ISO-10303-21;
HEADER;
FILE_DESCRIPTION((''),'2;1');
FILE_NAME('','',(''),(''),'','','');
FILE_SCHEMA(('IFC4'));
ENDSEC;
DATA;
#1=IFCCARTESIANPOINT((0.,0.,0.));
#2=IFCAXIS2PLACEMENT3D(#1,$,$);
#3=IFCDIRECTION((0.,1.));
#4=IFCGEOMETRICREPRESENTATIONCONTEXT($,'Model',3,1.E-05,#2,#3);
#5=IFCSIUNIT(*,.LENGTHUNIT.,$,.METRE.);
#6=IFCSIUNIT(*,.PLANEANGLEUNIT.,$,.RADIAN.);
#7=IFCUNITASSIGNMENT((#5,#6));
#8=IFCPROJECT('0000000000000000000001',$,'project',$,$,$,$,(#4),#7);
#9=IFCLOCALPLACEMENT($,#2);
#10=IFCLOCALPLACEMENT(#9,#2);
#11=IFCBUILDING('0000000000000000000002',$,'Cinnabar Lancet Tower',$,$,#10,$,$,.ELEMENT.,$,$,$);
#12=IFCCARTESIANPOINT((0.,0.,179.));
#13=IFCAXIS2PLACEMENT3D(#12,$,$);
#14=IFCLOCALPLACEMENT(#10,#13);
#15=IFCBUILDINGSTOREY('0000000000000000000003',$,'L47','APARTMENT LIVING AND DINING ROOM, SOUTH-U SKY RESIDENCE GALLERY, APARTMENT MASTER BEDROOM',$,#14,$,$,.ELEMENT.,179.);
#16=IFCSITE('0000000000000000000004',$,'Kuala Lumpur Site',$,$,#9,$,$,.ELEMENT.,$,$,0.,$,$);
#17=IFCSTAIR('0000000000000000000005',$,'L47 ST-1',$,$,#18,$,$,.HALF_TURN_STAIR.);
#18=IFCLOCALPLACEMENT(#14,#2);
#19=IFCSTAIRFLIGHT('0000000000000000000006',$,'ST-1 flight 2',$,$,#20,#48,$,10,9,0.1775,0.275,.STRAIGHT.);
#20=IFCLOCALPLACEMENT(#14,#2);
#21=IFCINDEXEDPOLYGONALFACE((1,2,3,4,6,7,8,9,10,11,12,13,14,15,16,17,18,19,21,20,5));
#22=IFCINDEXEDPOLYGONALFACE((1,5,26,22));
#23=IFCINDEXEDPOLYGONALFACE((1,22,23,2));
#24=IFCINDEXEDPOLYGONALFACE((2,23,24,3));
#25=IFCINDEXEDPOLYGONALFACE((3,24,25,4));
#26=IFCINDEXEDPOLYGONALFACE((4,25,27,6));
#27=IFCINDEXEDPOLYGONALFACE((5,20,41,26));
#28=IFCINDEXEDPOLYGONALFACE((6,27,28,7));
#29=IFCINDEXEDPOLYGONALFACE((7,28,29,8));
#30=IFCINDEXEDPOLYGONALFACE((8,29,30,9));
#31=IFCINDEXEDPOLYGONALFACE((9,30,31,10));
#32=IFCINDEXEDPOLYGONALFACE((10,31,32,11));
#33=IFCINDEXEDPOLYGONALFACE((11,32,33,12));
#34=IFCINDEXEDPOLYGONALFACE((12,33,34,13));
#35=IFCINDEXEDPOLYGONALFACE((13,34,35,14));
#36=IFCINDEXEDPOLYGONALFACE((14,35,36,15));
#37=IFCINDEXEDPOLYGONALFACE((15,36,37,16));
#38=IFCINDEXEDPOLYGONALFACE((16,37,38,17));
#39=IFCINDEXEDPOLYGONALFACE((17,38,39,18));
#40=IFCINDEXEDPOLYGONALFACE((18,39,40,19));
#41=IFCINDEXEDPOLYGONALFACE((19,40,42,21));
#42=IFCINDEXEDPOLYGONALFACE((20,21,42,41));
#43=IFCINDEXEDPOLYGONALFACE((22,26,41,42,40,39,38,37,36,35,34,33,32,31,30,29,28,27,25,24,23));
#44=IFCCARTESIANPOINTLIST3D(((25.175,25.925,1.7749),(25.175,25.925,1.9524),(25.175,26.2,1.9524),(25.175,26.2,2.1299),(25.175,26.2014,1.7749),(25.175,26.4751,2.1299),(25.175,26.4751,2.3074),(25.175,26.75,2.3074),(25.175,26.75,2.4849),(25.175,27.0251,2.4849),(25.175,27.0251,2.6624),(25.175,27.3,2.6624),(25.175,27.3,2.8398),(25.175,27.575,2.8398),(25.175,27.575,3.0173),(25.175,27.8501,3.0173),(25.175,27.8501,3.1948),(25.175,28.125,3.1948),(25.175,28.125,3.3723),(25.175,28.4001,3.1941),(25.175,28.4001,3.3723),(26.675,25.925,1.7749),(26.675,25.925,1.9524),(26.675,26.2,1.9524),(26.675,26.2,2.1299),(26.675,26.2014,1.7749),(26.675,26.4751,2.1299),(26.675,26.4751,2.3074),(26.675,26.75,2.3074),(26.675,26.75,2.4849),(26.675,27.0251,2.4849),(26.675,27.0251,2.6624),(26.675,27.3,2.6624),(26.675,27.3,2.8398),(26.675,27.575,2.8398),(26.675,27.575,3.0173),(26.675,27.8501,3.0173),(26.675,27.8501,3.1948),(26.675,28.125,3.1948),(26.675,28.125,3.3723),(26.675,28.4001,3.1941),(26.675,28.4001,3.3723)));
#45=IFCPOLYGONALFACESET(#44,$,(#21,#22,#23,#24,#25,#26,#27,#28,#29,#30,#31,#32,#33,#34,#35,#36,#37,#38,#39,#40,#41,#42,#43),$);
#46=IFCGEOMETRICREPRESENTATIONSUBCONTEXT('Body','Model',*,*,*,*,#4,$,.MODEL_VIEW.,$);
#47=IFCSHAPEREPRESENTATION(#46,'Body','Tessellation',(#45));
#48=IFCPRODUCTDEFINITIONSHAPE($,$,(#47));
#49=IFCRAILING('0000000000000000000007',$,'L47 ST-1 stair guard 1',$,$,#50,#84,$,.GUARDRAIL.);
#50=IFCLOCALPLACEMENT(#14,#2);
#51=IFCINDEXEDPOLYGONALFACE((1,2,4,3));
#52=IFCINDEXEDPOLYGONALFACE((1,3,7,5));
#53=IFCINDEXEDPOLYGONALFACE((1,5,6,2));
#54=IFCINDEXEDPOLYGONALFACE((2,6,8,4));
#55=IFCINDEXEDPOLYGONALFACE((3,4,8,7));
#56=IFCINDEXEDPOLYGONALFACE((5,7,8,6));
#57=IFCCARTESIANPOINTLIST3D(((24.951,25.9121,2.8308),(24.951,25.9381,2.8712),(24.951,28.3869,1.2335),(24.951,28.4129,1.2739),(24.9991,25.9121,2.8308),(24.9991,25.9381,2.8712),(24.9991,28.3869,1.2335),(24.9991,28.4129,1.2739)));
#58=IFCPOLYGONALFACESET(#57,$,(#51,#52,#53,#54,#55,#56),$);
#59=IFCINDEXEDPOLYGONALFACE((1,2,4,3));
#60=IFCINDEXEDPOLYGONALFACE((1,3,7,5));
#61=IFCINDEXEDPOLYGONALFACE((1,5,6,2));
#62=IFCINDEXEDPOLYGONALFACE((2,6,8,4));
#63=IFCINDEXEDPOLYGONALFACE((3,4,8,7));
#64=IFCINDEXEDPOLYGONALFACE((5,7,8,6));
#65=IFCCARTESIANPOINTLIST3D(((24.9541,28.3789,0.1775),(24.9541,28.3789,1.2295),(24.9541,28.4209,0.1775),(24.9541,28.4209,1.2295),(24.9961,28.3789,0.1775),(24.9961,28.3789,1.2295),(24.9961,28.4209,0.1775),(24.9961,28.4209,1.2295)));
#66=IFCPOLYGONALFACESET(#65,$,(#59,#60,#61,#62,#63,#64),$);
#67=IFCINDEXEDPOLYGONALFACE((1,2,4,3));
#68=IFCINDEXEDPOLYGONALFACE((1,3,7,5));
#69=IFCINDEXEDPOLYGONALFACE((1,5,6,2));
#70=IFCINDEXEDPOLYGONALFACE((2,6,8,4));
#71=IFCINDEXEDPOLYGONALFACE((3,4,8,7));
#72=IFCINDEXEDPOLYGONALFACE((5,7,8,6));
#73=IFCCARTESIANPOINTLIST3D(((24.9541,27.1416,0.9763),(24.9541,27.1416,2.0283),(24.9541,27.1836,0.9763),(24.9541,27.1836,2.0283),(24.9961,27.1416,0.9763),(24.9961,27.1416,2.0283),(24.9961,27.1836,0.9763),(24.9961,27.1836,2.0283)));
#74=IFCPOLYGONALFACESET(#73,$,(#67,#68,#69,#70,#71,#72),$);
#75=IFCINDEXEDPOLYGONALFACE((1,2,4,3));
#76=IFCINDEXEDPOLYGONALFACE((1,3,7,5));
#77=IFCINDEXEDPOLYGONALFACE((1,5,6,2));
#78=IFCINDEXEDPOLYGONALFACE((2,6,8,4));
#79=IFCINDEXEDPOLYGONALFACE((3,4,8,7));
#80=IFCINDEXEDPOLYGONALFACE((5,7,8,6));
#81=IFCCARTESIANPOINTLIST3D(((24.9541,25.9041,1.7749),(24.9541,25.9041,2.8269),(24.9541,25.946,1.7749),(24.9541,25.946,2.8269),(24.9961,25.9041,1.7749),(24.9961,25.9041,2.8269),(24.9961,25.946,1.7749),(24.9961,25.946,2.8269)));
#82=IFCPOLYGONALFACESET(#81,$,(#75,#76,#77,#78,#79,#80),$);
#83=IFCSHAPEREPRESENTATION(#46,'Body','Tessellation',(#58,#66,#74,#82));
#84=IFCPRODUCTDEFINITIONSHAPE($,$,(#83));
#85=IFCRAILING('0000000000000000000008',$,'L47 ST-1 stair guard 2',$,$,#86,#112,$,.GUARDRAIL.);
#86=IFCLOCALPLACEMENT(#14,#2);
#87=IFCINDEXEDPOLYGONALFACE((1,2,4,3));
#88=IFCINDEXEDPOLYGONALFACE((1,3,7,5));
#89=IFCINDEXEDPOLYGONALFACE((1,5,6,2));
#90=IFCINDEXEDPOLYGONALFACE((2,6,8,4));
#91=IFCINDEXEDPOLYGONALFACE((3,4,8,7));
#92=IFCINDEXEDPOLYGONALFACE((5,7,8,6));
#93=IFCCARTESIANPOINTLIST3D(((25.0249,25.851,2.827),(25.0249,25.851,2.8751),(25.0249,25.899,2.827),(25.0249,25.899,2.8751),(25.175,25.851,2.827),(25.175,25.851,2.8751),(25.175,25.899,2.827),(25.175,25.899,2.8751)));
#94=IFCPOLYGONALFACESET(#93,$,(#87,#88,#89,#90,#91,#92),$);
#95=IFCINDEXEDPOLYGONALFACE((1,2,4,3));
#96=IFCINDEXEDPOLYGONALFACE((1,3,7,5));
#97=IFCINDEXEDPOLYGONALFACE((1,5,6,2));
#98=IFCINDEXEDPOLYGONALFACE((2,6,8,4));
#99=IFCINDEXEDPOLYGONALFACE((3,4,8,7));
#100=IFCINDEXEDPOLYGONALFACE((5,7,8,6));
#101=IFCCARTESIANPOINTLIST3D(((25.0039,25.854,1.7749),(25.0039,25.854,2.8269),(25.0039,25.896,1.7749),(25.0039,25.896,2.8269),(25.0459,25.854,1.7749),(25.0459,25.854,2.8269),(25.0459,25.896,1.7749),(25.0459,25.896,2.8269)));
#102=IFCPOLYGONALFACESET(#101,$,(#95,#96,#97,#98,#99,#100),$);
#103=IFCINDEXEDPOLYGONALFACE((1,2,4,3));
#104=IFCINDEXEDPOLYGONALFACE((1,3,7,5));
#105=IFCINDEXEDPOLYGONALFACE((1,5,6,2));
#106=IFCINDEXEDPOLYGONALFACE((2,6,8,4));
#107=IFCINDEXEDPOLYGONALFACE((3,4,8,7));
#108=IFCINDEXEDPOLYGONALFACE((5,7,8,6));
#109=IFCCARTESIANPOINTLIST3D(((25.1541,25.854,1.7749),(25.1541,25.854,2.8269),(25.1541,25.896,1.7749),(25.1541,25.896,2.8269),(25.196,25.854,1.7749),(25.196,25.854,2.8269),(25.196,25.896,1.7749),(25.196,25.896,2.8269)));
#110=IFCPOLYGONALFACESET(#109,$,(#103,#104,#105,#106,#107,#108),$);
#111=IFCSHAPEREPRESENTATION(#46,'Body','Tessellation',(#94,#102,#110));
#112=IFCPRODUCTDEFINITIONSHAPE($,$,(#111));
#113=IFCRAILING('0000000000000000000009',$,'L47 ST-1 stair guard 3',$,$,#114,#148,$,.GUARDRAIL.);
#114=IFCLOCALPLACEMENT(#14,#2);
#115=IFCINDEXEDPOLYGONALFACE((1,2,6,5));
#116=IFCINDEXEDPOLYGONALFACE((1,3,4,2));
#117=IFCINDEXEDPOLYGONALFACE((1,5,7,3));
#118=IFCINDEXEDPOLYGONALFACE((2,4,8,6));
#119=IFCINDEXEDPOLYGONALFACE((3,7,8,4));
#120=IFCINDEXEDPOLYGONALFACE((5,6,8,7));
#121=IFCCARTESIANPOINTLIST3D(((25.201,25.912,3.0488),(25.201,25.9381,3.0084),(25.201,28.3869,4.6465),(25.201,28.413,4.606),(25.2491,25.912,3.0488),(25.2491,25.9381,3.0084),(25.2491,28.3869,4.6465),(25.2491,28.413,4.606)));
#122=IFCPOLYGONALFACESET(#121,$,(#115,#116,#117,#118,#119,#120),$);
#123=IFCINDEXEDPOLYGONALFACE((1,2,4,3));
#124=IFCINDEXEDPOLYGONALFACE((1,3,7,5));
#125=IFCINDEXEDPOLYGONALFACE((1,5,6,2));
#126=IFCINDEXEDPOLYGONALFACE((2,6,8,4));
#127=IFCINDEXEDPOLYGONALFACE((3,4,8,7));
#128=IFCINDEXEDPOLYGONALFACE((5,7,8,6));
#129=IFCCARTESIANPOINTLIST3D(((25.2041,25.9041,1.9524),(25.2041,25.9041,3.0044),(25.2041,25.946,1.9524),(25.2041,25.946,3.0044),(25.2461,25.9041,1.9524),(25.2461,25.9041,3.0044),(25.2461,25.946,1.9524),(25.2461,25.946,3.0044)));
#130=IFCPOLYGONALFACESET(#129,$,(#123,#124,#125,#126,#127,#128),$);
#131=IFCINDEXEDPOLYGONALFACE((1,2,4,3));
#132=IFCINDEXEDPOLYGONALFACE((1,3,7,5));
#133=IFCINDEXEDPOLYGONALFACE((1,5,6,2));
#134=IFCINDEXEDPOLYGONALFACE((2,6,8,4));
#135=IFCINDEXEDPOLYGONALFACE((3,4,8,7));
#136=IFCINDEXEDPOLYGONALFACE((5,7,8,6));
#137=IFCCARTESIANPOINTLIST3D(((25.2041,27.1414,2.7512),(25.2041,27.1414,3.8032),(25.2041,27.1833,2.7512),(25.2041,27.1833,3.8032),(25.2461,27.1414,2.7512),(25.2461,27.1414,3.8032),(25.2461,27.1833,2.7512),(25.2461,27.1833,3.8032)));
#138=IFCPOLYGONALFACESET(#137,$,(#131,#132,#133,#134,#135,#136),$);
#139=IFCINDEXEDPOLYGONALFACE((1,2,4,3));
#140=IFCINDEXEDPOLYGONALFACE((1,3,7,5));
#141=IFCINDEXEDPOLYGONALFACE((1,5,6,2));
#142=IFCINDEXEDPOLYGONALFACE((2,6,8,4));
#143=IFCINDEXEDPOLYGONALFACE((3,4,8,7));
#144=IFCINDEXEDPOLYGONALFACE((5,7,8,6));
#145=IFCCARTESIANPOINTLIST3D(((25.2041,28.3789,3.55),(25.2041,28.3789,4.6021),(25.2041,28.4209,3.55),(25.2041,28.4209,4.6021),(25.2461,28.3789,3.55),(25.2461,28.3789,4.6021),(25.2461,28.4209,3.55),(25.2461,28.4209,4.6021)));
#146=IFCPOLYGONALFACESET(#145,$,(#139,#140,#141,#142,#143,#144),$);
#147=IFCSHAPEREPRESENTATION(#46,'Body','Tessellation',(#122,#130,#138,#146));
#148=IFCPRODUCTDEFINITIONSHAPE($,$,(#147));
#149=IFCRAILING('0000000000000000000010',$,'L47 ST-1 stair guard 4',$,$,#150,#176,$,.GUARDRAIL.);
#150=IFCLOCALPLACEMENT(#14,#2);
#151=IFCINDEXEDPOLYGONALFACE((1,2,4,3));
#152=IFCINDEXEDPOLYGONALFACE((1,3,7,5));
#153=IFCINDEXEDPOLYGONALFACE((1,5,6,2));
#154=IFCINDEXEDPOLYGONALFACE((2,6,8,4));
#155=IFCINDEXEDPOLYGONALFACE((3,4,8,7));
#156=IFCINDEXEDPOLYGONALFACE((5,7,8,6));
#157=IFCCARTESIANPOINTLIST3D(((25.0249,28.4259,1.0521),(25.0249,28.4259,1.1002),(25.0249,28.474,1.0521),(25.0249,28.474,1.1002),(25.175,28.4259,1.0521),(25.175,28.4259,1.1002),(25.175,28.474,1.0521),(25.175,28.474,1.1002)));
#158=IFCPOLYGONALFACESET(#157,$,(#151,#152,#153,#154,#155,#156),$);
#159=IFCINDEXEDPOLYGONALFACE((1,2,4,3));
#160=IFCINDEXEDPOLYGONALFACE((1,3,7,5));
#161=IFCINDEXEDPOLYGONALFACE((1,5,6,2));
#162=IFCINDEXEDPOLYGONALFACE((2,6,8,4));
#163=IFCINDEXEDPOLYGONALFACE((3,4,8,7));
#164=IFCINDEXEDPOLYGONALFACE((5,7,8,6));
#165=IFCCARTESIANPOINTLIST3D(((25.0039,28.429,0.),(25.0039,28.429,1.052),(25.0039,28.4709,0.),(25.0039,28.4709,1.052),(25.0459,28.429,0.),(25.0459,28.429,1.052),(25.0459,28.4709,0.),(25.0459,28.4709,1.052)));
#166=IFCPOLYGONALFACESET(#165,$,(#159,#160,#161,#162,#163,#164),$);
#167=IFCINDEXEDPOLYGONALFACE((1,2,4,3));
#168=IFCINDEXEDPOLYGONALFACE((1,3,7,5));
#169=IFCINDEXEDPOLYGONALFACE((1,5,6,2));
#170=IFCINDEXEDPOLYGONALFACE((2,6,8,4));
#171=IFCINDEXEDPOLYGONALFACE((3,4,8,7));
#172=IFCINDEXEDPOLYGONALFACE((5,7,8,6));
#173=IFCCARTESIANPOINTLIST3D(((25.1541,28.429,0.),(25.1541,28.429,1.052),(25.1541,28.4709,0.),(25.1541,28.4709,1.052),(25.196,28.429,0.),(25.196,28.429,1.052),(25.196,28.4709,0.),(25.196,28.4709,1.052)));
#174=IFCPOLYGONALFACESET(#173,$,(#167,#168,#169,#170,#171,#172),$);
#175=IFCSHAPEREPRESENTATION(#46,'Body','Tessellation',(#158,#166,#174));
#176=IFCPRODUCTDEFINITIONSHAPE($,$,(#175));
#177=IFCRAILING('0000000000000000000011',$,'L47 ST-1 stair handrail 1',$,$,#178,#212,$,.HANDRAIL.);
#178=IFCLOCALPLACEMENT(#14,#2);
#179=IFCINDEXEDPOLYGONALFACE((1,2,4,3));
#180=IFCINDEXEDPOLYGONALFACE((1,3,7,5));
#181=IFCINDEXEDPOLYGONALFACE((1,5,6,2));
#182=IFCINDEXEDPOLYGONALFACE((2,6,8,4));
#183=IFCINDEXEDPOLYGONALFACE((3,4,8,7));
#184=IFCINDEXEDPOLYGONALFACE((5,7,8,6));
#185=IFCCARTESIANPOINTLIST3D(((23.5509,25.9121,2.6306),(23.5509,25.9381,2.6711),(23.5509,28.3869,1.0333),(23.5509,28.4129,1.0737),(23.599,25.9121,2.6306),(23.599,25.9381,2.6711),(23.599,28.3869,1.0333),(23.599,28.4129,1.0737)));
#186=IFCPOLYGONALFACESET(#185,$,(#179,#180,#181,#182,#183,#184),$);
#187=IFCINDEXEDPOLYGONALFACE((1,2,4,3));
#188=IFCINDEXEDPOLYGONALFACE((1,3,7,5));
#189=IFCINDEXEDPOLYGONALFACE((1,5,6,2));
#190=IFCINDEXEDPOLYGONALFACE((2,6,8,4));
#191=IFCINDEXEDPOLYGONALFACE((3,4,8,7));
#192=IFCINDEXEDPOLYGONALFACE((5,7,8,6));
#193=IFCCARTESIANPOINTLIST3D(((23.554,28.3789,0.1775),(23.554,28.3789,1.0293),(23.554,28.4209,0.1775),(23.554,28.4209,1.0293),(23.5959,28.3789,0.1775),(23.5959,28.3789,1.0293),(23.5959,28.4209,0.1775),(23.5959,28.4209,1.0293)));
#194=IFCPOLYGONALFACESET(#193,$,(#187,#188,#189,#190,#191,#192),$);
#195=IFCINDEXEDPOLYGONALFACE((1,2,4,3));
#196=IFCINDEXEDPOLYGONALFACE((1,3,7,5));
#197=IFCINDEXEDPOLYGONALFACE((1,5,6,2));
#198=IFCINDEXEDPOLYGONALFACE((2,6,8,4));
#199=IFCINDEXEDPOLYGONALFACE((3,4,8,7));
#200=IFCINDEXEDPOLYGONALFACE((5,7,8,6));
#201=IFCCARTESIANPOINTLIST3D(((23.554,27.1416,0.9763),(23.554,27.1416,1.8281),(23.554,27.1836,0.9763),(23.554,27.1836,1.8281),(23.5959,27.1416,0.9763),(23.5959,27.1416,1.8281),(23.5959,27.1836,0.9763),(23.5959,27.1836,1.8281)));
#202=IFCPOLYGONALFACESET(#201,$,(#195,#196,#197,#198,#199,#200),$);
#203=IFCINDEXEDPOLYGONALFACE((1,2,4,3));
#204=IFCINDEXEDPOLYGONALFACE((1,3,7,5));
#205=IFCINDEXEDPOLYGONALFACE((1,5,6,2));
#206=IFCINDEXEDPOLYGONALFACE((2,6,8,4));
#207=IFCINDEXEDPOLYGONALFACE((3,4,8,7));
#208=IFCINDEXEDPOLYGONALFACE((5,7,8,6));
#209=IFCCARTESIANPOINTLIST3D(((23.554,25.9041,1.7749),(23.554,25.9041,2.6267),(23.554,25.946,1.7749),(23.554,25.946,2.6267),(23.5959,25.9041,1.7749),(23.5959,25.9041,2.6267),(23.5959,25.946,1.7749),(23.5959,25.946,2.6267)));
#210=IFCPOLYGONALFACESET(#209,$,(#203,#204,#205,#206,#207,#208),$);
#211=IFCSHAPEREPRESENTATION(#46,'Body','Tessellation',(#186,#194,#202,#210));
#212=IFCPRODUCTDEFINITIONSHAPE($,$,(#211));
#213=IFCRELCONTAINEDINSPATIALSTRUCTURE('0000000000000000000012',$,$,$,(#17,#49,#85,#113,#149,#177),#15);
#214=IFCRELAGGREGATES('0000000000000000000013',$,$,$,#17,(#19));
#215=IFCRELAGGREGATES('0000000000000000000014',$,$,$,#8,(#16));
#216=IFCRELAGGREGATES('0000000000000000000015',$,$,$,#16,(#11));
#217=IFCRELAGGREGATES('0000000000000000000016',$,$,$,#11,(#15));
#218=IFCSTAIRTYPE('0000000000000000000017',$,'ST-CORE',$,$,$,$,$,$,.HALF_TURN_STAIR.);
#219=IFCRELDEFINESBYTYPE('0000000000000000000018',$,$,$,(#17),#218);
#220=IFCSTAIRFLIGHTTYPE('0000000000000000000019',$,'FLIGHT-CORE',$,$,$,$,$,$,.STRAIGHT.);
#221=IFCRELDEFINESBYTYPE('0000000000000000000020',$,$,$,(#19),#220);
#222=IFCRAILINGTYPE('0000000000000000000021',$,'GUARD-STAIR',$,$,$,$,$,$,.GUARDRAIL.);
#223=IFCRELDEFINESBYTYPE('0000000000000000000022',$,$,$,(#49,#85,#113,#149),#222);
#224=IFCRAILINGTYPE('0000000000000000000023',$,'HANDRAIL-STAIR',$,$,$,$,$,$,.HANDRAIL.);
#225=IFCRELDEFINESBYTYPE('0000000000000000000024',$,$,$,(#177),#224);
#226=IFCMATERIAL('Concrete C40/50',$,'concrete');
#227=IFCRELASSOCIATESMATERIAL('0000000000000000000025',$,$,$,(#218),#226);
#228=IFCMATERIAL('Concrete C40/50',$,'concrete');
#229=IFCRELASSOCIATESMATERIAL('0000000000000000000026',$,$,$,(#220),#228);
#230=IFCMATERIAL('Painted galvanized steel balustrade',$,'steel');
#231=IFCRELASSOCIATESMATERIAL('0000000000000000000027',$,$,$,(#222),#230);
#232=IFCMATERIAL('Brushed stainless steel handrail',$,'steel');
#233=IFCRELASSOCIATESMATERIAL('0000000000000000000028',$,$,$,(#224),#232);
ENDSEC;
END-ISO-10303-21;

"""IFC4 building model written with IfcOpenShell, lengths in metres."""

from ifc_helpers import new_model, si_unit, direction, frame, origin, origin_2d, place, context, subcontext, project, spatial, polyline, rectangle, outline, extrude, material, type_object, element, aggregate, save


model = new_model("IFC4")

# Units and contexts
model_context = context("Model", 3, precision=1e-05, world=origin(), true_north=direction((0.0, 1.0)))
body_context = subcontext(model_context, "Body", "Model", "MODEL_VIEW")
ifc_project = project(units=[si_unit("LENGTHUNIT", "METRE"), si_unit("PLANEANGLEUNIT", "RADIAN")], contexts=[model_context])

# Site, building, storey
site_placement = place(None, origin())
site = spatial("IfcSite", under=ifc_project, at=site_placement, Name="Kuala Lumpur Site", CompositionType="ELEMENT", RefElevation=0.0)
building_placement = place(site_placement, origin())
building = spatial("IfcBuilding", under=site, at=building_placement, Name="Cinnabar Lancet Tower", CompositionType="ELEMENT")
storey_placement = place(building_placement, frame((0.0, 0.0, 179.0)))
storey = spatial("IfcBuildingStorey", under=building, at=storey_placement, Name="L47", Description="APARTMENT LIVING AND DINING ROOM, SOUTH-U SKY RESIDENCE GALLERY, APARTMENT MASTER BEDROOM", CompositionType="ELEMENT", Elevation=179.0)

# Stair, stair flight
ifc_material_1 = material(Name="Concrete C40/50", Category="concrete")
stair_type = type_object("IfcStairType", Name="ST-CORE", PredefinedType="HALF_TURN_STAIR", material=ifc_material_1)
stair_placement = place(storey_placement, origin())
stair = element("IfcStair", 1, at=stair_placement, inside=storey, type_object=stair_type, Name="L47 ST-1", PredefinedType="HALF_TURN_STAIR")
ifc_material_2 = material(Name="Concrete C40/50", Category="concrete")
stair_flight_type = type_object("IfcStairFlightType", Name="FLIGHT-CORE", PredefinedType="STRAIGHT", material=ifc_material_2)
stair_flight_1_placement = place(storey_placement, frame((25.925, 25.925, 1.7749), z_axis=(0.0, 0.0, 1.0), x_axis=(0.0, 1.0, 0.0)))
stair_flight_1 = element("IfcStairFlight", 2, at=stair_flight_1_placement, type_object=stair_flight_type, Name="ST-1 flight 2", NumberOfRisers=10, NumberOfTreads=9, PredefinedType="STRAIGHT", RiserHeight=0.1775, TreadLength=0.275, context=body_context, shape_type="SweptSolid", body=[
    extrude(outline(polyline([(0.0, 0.0), (0.0, 0.1775), (0.2749, 0.1775), (0.2749, 0.355), (0.55, 0.355), (0.55, 0.5325), (0.825, 0.5325), (0.825, 0.71), (1.1001, 0.71), (1.1001, 0.8875), (1.375, 0.8875), (1.375, 1.0649), (1.6499, 1.0649), (1.6499, 1.2424), (1.925, 1.2424), (1.925, 1.4199), (2.2, 1.4199), (2.2, 1.5974), (2.4751, 1.5974), (2.4751, 1.7749), (2.4751, 1.4192), (0.2764, 0.0), (0.0, 0.0)])), frame((0.0, 0.75, 0.0), z_axis=(0.0, -1.0, 0.0), x_axis=(1.0, 0.0, 0.0)), (0.0, 0.0, 1.0), 1.5),
])
aggregate(stair, [stair_flight_1])

# Railings
ifc_material_3 = material(Name="Painted galvanized steel balustrade", Category="steel")
railing_type_1 = type_object("IfcRailingType", Name="GUARD-STAIR", PredefinedType="GUARDRAIL", material=ifc_material_3)
railing_1_placement = place(storey_placement, frame((24.9751, 28.3999, 0.1775)))
element("IfcRailing", 3, at=railing_1_placement, inside=storey, type_object=railing_type_1, Name="L47 ST-1 stair guard 1", PredefinedType="GUARDRAIL", context=body_context, shape_type="SweptSolid", body=[
    extrude(rectangle(XDim=0.0481, YDim=0.0481, at=origin_2d()), frame((0.0, 0.0, 1.0762), z_axis=(0.0, -0.840183, 0.542302), x_axis=(1.0, 0.0, 0.0)), (0.0, 0.0, 1.0), 2.9456),
    extrude(rectangle(XDim=0.042, YDim=0.042, at=origin_2d()), origin(), (0.0, 0.0, 1.0), 1.052),
    extrude(rectangle(XDim=0.042, YDim=0.042, at=origin_2d()), frame((0.0, -1.2373, 0.7988)), (0.0, 0.0, 1.0), 1.052),
    extrude(rectangle(XDim=0.042, YDim=0.042, at=origin_2d()), frame((0.0, -2.4749, 1.5974)), (0.0, 0.0, 1.0), 1.052),
])
railing_2_placement = place(storey_placement, frame((25.0249, 25.875, 1.7749)))
element("IfcRailing", 4, at=railing_2_placement, inside=storey, type_object=railing_type_1, Name="L47 ST-1 stair guard 2", PredefinedType="GUARDRAIL", context=body_context, shape_type="SweptSolid", body=[
    extrude(rectangle(XDim=0.0481, YDim=0.0481, at=origin_2d()), frame((0.0, 0.0, 1.0762), z_axis=(1.0, 0.0, 0.0), x_axis=(0.0, 1.0, 0.0)), (0.0, 0.0, 1.0), 0.1501),
    extrude(rectangle(XDim=0.042, YDim=0.042, at=origin_2d()), origin(), (0.0, 0.0, 1.0), 1.052),
    extrude(rectangle(XDim=0.042, YDim=0.042, at=origin_2d()), frame((0.1501, 0.0, 0.0)), (0.0, 0.0, 1.0), 1.052),
])
railing_3_placement = place(storey_placement, frame((25.2251, 25.925, 1.9524)))
element("IfcRailing", 5, at=railing_3_placement, inside=storey, type_object=railing_type_1, Name="L47 ST-1 stair guard 3", PredefinedType="GUARDRAIL", context=body_context, shape_type="SweptSolid", body=[
    extrude(rectangle(XDim=0.0481, YDim=0.0481, at=origin_2d()), frame((0.0, 0.0, 1.0762), z_axis=(0.0, 0.840146, 0.542361), x_axis=(-1.0, 0.0, 0.0)), (0.0, 0.0, 1.0), 2.9458),
    extrude(rectangle(XDim=0.042, YDim=0.042, at=origin_2d()), origin(), (0.0, 0.0, 1.0), 1.052),
    extrude(rectangle(XDim=0.042, YDim=0.042, at=origin_2d()), frame((0.0, 1.2373, 0.7988)), (0.0, 0.0, 1.0), 1.052),
    extrude(rectangle(XDim=0.042, YDim=0.042, at=origin_2d()), frame((0.0, 2.4749, 1.5977)), (0.0, 0.0, 1.0), 1.052),
])
railing_4_placement = place(storey_placement, frame((25.0249, 28.45, 0.0)))
element("IfcRailing", 6, at=railing_4_placement, inside=storey, type_object=railing_type_1, Name="L47 ST-1 stair guard 4", PredefinedType="GUARDRAIL", context=body_context, shape_type="SweptSolid", body=[
    extrude(rectangle(XDim=0.0481, YDim=0.0481, at=origin_2d()), frame((0.0, 0.0, 1.0762), z_axis=(1.0, 0.0, 0.0), x_axis=(0.0, 1.0, 0.0)), (0.0, 0.0, 1.0), 0.1501),
    extrude(rectangle(XDim=0.042, YDim=0.042, at=origin_2d()), origin(), (0.0, 0.0, 1.0), 1.052),
    extrude(rectangle(XDim=0.042, YDim=0.042, at=origin_2d()), frame((0.1501, 0.0, 0.0)), (0.0, 0.0, 1.0), 1.052),
])
ifc_material_4 = material(Name="Brushed stainless steel handrail", Category="steel")
railing_type_2 = type_object("IfcRailingType", Name="HANDRAIL-STAIR", PredefinedType="HANDRAIL", material=ifc_material_4)
railing_5_placement = place(storey_placement, frame((23.575, 28.3999, 0.1775)))
element("IfcRailing", 7, at=railing_5_placement, inside=storey, type_object=railing_type_2, Name="L47 ST-1 stair handrail 1", PredefinedType="HANDRAIL", context=body_context, shape_type="SweptSolid", body=[
    extrude(rectangle(XDim=0.0481, YDim=0.0481, at=origin_2d()), frame((0.0, 0.0, 0.876), z_axis=(0.0, -0.840183, 0.542302), x_axis=(1.0, 0.0, 0.0)), (0.0, 0.0, 1.0), 2.9456),
    extrude(rectangle(XDim=0.042, YDim=0.042, at=origin_2d()), origin(), (0.0, 0.0, 1.0), 0.8518),
    extrude(rectangle(XDim=0.042, YDim=0.042, at=origin_2d()), frame((0.0, -1.2373, 0.7988)), (0.0, 0.0, 1.0), 0.8518),
    extrude(rectangle(XDim=0.042, YDim=0.042, at=origin_2d()), frame((0.0, -2.4749, 1.5974)), (0.0, 0.0, 1.0), 0.8518),
])

save(model, "model.ifc")
